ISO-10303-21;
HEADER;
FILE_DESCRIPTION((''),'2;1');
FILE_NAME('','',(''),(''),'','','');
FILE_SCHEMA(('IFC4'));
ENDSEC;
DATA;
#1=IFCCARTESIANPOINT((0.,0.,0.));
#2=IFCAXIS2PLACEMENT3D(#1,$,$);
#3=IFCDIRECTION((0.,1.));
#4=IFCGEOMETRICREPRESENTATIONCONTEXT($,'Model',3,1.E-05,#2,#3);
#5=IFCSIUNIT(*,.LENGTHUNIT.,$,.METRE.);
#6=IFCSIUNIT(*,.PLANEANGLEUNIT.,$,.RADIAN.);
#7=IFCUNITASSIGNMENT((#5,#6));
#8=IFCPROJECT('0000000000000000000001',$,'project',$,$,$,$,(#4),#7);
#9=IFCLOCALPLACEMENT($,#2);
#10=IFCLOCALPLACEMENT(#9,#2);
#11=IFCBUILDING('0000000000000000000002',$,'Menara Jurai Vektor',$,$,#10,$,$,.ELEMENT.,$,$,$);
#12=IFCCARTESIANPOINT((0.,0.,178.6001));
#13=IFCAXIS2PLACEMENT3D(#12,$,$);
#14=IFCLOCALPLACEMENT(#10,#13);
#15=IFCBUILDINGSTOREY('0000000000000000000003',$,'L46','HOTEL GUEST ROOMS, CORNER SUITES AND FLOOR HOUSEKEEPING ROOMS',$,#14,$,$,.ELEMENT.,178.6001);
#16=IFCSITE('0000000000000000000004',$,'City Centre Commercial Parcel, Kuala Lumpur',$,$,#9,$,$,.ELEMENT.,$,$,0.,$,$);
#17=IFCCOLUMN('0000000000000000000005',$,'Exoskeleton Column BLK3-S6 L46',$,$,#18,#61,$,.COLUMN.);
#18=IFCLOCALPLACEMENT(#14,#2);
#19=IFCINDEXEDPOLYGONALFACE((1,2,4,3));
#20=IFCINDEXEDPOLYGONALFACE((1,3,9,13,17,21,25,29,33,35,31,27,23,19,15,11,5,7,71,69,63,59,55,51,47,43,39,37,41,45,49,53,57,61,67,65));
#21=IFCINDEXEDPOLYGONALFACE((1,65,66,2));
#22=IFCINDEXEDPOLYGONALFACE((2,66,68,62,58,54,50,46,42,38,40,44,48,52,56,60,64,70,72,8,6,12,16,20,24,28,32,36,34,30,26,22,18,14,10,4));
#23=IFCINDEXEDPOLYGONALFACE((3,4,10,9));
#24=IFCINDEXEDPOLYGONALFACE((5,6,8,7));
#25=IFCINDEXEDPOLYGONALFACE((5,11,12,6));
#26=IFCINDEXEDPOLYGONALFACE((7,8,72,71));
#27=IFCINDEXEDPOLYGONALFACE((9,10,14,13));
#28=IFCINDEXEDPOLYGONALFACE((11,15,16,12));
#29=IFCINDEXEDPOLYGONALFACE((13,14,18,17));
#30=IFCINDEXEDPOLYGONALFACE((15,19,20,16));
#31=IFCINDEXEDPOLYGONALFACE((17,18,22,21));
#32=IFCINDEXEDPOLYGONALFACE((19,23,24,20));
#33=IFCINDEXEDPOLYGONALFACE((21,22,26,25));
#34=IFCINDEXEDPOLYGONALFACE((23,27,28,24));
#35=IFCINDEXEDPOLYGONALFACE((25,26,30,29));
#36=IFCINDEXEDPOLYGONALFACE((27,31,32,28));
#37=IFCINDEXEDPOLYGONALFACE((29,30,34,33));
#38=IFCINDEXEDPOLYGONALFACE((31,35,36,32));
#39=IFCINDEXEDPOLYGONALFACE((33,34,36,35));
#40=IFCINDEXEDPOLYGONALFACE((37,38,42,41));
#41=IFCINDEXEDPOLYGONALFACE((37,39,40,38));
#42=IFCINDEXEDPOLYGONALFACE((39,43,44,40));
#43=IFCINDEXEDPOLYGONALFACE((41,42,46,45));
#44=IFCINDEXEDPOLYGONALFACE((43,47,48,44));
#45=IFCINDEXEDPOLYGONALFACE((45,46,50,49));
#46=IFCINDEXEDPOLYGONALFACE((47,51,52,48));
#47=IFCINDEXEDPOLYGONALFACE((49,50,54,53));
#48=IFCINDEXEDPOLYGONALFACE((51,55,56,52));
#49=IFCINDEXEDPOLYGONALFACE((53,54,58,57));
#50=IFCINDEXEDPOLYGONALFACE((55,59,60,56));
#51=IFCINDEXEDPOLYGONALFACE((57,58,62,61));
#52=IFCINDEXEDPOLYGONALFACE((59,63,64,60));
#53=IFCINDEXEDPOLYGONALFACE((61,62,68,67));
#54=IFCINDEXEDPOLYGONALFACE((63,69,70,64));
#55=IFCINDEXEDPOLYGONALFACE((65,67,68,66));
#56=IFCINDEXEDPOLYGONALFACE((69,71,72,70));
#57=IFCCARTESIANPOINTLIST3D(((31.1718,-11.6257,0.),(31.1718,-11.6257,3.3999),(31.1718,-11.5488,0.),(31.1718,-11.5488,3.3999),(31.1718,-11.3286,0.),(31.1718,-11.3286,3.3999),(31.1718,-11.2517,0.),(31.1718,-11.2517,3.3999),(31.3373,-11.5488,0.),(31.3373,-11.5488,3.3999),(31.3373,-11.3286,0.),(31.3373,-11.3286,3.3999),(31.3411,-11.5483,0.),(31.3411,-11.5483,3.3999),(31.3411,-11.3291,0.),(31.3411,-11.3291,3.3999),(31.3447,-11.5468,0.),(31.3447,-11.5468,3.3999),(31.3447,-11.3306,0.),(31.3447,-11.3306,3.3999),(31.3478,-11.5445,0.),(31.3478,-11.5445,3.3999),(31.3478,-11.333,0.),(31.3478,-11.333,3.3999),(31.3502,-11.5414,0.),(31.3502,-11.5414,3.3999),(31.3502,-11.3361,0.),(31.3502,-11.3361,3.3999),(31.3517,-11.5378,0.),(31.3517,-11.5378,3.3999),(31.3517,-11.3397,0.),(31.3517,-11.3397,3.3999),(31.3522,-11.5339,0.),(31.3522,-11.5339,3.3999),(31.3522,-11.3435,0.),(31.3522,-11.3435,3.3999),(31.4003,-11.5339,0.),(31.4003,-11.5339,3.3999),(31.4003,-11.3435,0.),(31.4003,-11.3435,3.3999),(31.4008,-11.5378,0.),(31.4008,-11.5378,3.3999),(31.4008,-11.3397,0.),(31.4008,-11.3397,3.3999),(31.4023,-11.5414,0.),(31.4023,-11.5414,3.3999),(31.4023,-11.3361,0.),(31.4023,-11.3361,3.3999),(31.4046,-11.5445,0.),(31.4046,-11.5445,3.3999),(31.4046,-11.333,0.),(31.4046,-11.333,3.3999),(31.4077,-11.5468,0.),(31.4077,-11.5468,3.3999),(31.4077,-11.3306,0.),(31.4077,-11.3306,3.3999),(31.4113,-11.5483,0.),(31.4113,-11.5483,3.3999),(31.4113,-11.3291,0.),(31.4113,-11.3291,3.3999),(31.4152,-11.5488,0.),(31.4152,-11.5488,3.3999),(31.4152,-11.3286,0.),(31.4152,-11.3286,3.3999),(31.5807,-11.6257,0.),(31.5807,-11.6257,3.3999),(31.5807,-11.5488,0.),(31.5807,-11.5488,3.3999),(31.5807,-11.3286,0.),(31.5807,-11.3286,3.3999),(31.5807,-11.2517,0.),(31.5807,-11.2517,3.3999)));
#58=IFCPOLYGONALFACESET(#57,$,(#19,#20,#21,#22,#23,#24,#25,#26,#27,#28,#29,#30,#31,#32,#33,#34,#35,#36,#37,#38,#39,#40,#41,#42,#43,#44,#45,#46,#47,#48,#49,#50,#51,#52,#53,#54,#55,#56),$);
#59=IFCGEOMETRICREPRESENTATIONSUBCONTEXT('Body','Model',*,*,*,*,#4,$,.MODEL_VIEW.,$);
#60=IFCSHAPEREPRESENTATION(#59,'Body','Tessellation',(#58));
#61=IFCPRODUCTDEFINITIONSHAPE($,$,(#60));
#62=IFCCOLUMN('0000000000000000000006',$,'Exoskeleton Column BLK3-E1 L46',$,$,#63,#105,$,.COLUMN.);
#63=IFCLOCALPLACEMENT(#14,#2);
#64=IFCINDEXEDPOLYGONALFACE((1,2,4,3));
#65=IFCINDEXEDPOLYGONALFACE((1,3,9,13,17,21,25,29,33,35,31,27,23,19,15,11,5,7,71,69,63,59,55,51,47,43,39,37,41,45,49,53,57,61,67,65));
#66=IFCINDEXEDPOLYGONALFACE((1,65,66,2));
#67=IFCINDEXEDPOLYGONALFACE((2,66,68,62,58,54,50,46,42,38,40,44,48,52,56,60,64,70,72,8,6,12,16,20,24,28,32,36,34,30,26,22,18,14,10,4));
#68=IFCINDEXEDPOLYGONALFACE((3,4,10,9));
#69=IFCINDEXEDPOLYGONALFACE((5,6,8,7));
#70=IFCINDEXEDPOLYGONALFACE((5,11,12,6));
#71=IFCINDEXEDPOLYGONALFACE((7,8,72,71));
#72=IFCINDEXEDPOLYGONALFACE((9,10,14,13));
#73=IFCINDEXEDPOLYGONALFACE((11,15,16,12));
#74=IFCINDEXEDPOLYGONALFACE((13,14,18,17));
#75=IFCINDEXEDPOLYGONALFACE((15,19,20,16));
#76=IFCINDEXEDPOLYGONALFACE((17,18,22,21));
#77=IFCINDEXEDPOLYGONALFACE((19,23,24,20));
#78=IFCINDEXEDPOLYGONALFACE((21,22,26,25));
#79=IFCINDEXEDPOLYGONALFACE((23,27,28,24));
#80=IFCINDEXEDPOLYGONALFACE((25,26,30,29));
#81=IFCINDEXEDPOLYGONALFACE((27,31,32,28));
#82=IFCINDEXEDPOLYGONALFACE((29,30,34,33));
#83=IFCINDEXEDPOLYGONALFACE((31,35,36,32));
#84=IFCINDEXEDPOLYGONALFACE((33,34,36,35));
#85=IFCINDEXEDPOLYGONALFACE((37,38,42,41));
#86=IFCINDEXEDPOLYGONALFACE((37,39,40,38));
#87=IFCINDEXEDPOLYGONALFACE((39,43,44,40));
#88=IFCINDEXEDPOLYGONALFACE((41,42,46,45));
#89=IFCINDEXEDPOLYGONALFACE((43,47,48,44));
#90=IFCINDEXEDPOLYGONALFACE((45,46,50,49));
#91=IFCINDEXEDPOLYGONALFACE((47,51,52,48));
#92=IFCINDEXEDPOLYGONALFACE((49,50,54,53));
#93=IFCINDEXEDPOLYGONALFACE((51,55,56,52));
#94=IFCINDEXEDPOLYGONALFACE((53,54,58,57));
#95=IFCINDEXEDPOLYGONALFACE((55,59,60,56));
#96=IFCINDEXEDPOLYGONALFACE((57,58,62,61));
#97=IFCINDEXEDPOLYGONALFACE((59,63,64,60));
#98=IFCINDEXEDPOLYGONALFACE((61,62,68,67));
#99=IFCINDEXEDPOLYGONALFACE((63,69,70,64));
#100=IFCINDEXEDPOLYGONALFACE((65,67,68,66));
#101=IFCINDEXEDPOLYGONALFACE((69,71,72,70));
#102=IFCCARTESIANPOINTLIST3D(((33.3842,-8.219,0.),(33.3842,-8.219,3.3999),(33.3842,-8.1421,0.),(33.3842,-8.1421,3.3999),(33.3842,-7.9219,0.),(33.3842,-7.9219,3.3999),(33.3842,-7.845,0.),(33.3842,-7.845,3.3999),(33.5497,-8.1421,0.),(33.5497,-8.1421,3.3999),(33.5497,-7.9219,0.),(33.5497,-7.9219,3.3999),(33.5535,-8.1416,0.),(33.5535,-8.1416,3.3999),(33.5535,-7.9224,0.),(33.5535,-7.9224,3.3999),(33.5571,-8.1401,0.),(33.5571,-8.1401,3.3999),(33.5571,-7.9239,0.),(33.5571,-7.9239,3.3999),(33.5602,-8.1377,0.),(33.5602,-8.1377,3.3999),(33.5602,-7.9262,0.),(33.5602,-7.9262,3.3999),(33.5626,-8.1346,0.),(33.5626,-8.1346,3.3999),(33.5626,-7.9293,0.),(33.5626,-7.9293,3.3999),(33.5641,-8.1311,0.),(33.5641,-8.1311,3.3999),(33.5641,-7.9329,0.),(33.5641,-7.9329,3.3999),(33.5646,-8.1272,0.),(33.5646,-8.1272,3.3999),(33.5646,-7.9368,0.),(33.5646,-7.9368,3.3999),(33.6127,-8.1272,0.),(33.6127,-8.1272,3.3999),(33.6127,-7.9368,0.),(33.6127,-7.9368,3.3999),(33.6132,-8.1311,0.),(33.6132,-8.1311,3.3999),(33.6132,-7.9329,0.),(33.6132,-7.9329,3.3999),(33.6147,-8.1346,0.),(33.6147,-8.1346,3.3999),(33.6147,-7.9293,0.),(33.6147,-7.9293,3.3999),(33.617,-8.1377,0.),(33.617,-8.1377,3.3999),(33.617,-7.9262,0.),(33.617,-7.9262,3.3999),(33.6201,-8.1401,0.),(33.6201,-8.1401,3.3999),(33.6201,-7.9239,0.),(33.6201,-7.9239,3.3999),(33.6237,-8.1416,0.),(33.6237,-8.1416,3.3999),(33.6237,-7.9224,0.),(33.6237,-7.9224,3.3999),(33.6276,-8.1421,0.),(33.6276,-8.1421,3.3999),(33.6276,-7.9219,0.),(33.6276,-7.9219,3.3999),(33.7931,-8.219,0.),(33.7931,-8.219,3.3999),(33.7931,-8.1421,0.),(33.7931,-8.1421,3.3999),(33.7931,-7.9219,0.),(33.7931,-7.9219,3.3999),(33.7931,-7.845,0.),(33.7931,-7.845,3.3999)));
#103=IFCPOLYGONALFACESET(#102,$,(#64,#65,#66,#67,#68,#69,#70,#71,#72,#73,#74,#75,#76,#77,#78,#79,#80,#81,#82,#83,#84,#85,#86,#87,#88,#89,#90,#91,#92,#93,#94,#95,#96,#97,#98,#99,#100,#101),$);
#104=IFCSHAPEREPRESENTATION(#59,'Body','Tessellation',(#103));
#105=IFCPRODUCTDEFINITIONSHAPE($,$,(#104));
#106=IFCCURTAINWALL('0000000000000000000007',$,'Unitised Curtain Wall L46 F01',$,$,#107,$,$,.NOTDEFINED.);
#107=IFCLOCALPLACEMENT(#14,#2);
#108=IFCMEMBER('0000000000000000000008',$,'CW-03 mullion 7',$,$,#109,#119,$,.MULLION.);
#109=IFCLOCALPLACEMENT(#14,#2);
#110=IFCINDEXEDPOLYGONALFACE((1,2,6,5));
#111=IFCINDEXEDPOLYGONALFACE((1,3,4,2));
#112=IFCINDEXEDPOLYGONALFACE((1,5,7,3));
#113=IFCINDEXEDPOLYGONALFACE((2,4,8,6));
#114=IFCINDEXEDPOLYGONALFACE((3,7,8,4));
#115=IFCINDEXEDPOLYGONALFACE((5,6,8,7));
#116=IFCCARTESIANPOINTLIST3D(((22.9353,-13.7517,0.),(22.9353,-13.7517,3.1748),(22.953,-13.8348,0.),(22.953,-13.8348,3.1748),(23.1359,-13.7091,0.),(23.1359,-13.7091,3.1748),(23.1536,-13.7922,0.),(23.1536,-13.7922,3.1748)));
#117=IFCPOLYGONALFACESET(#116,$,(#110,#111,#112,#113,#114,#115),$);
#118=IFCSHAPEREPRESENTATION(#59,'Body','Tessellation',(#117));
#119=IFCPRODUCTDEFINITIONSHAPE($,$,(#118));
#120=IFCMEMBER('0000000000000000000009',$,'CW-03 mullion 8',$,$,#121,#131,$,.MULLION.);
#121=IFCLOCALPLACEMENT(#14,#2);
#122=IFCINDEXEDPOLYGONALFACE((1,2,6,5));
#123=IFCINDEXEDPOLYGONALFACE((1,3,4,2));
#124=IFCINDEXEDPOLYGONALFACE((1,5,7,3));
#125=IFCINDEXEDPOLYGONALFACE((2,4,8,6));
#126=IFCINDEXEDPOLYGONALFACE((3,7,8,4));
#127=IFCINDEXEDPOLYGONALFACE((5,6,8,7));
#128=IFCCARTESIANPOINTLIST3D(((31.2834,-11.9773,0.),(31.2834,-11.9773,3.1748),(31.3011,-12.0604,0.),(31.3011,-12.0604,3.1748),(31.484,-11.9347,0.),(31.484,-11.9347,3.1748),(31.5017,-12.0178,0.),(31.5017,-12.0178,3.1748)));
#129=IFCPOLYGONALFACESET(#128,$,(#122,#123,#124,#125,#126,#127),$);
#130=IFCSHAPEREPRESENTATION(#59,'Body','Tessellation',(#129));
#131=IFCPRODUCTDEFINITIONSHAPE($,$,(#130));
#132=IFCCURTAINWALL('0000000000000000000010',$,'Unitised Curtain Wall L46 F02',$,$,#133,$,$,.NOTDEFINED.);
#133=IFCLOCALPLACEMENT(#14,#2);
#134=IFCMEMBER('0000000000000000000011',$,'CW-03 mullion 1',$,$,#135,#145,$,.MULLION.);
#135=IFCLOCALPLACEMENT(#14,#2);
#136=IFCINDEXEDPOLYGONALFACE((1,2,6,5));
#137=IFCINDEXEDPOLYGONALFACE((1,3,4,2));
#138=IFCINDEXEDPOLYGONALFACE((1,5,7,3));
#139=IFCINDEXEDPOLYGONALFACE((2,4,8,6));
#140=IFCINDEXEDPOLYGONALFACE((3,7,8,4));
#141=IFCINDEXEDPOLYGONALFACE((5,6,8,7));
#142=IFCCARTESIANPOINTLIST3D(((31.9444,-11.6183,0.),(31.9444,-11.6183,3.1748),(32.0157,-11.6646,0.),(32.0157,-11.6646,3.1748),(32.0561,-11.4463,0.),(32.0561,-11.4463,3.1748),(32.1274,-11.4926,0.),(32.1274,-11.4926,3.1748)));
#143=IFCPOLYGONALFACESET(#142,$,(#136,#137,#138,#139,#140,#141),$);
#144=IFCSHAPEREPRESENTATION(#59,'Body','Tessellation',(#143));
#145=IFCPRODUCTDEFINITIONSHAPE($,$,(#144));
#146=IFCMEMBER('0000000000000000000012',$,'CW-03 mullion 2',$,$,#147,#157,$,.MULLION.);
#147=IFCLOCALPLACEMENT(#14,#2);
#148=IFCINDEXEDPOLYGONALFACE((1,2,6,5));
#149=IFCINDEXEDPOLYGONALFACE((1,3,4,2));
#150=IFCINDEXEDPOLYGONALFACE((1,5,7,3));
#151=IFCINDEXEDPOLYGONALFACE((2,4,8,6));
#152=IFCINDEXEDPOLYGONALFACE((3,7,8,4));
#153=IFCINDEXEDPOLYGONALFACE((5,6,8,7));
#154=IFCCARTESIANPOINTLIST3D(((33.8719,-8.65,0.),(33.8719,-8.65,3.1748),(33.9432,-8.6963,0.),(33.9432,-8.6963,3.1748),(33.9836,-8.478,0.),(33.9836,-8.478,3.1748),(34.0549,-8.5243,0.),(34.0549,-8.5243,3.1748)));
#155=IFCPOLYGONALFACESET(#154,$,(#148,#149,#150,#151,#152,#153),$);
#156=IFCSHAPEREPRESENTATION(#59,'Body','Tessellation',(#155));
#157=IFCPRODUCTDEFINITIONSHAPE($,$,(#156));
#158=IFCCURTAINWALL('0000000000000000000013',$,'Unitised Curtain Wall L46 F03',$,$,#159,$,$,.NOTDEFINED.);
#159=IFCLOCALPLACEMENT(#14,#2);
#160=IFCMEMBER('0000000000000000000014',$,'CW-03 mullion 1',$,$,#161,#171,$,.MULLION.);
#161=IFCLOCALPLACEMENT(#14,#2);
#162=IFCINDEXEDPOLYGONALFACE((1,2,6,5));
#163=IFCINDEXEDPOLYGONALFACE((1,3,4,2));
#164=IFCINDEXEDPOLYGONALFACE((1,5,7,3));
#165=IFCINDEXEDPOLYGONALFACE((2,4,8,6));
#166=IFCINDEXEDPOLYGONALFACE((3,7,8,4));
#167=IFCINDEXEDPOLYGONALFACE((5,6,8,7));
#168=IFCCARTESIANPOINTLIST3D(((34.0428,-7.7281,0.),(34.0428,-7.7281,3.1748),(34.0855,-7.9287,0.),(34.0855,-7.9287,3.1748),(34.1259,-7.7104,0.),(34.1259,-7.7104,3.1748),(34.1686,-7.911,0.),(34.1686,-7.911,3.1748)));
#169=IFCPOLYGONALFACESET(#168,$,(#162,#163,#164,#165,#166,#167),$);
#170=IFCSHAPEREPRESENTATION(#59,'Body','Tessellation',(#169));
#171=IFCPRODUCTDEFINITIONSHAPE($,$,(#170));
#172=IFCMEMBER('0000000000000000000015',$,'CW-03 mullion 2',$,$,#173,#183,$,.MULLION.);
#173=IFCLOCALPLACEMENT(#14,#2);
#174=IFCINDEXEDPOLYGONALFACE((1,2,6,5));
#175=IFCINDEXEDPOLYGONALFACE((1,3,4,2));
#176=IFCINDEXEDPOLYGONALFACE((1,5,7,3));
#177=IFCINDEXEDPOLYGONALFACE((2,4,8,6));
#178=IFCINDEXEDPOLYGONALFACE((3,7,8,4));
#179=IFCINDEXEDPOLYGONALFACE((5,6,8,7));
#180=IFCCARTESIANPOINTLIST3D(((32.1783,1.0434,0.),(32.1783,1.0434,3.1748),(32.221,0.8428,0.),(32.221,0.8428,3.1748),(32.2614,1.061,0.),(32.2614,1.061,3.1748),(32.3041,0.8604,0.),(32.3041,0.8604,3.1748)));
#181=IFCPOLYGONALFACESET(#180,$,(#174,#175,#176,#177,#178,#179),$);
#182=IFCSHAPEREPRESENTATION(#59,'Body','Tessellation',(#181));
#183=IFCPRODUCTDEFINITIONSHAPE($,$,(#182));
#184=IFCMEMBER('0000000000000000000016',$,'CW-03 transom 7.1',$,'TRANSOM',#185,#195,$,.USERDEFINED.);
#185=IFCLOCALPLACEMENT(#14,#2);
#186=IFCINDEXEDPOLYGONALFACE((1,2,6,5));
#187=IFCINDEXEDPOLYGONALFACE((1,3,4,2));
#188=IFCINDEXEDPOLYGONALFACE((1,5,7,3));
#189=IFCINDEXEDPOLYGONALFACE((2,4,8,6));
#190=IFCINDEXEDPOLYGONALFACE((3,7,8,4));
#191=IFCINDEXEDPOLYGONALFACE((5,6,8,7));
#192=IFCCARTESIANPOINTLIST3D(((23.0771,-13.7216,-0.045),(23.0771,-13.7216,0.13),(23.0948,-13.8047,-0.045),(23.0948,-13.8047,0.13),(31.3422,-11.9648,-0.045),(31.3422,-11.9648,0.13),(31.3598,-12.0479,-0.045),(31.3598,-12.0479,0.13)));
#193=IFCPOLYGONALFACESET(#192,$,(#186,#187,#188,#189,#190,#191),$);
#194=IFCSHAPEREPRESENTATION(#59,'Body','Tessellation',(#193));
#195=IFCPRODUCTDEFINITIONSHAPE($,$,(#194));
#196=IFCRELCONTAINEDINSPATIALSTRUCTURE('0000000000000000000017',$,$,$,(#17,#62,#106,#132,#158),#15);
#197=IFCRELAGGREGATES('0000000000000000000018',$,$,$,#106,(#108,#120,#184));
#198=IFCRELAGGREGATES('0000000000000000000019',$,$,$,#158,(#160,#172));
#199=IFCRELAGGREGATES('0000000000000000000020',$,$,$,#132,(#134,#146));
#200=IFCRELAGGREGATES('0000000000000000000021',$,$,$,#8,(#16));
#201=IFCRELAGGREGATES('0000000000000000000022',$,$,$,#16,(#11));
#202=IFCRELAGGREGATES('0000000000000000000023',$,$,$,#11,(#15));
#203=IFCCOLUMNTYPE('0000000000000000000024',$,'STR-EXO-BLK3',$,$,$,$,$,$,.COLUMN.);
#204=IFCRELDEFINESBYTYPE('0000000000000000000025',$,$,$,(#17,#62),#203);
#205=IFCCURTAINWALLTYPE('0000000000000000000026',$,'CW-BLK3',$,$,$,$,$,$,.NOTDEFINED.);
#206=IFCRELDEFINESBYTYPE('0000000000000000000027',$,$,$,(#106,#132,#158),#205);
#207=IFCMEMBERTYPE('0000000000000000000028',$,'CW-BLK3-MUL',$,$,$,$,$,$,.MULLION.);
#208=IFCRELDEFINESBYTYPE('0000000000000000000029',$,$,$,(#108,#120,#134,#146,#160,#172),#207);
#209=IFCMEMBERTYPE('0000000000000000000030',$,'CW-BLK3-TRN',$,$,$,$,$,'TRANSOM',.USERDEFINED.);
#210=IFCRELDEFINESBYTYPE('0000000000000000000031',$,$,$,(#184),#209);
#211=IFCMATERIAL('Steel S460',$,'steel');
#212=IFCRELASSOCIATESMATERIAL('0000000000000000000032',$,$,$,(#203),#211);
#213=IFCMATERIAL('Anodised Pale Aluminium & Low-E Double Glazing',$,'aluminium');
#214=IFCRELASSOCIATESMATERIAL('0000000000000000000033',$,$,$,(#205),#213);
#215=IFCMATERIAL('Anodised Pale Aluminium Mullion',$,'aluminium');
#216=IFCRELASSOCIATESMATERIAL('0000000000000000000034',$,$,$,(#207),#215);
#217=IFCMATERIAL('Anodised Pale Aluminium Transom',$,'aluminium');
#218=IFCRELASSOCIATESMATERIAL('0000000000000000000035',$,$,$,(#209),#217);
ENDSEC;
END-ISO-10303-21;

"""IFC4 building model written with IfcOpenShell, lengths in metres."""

from ifc_helpers import new_model, si_unit, direction, frame, origin, origin_2d, place, context, subcontext, project, spatial, rectangle, i_section, extrude, material, material_profile, profile_set, type_object, element, aggregate, save


model = new_model("IFC4")

# Units and contexts
model_context = context("Model", 3, precision=1e-05, world=origin(), true_north=direction((0.0, 1.0)))
body_context = subcontext(model_context, "Body", "Model", "MODEL_VIEW")
ifc_project = project(units=[si_unit("LENGTHUNIT", "METRE"), si_unit("PLANEANGLEUNIT", "RADIAN")], contexts=[model_context])

# Site, building, storey
site_placement = place(None, origin())
site = spatial("IfcSite", under=ifc_project, at=site_placement, Name="City Centre Commercial Parcel, Kuala Lumpur", CompositionType="ELEMENT", RefElevation=0.0)
building_placement = place(site_placement, origin())
building = spatial("IfcBuilding", under=site, at=building_placement, Name="Menara Jurai Vektor", CompositionType="ELEMENT")
storey_placement = place(building_placement, frame((0.0, 0.0, 178.6001)))
storey = spatial("IfcBuildingStorey", under=building, at=storey_placement, Name="L46", Description="HOTEL GUEST ROOMS, CORNER SUITES AND FLOOR HOUSEKEEPING ROOMS", CompositionType="ELEMENT", Elevation=178.6001)

# Columns
ifc_material_1 = material(Name="Steel S460", Category="steel")
ifc_material_profile_1 = material_profile(ifc_material_1, i_section(OverallWidth=0.4089, OverallDepth=0.374, WebThickness=0.0481, FlangeThickness=0.0769, FilletRadius=0.0149, at=origin_2d()), Name="HD 400x634")
ifc_profile_set_1 = profile_set([ifc_material_profile_1], Name="Steel S460")
column_type = type_object("IfcColumnType", Name="STR-EXO-BLK3", PredefinedType="COLUMN", material=ifc_profile_set_1)
for number, where, z_axis, x_axis, name in (
    (1, (31.3762, -11.4387, 0.0), (0.0, 0.0, 1.0), (1.0, 0.0, 0.0), "Exoskeleton Column BLK3-S6 L46"),
    (2, (33.5886, -8.032, 0.0), (0.0, 0.0, 1.0), (1.0, 0.0, 0.0), "Exoskeleton Column BLK3-E1 L46"),
):
    element("IfcColumn", number, at=place(storey_placement, frame(where, z_axis=z_axis, x_axis=x_axis)), inside=storey, type_object=column_type, Name=name, PredefinedType="COLUMN", context=body_context, shape_type="SweptSolid", body=[
        extrude(i_section(OverallWidth=0.4089, OverallDepth=0.374, WebThickness=0.0481, FlangeThickness=0.0769, FilletRadius=0.0149, at=origin_2d()), origin(), (0.0, 0.0, 1.0), 3.3999),
    ])

# Curtain walls, members
ifc_material_2 = material(Name="Anodised Pale Aluminium & Low-E Double Glazing", Category="aluminium")
curtain_wall_type = type_object("IfcCurtainWallType", Name="CW-BLK3", PredefinedType="NOTDEFINED", material=ifc_material_2)
curtain_wall_1_placement = place(storey_placement, origin())
curtain_wall_1 = element("IfcCurtainWall", 3, at=curtain_wall_1_placement, inside=storey, type_object=curtain_wall_type, Name="Unitised Curtain Wall L46 F01", PredefinedType="NOTDEFINED")
ifc_material_3 = material(Name="Anodised Pale Aluminium Mullion", Category="aluminium")
ifc_material_profile_2 = material_profile(ifc_material_3, rectangle(XDim=0.085, YDim=0.2051, at=origin_2d()), Name="ALU MUL 85x205")
ifc_profile_set_2 = profile_set([ifc_material_profile_2], Name="Anodised Pale Aluminium Mullion")
member_type_1 = type_object("IfcMemberType", Name="CW-BLK3-MUL", PredefinedType="MULLION", material=ifc_profile_set_2)
member_1_placement = place(storey_placement, frame((23.0444, -13.772, 0.0), z_axis=(0.0, 0.0, 1.0), x_axis=(-0.207911, 0.978148, 0.0)))
member_1 = element("IfcMember", 4, at=member_1_placement, type_object=member_type_1, Name="CW-03 mullion 7", PredefinedType="MULLION", context=body_context, shape_type="SweptSolid", body=[
    extrude(rectangle(XDim=0.085, YDim=0.2051, at=origin_2d()), origin(), (0.0, 0.0, 1.0), 3.1748),
])
member_2_placement = place(storey_placement, frame((31.3926, -11.9976, 0.0), z_axis=(0.0, 0.0, 1.0), x_axis=(-0.207911, 0.978148, 0.0)))
member_2 = element("IfcMember", 5, at=member_2_placement, type_object=member_type_1, Name="CW-03 mullion 8", PredefinedType="MULLION", context=body_context, shape_type="SweptSolid", body=[
    extrude(rectangle(XDim=0.085, YDim=0.2051, at=origin_2d()), origin(), (0.0, 0.0, 1.0), 3.1748),
])
curtain_wall_2_placement = place(storey_placement, origin())
curtain_wall_2 = element("IfcCurtainWall", 6, at=curtain_wall_2_placement, inside=storey, type_object=curtain_wall_type, Name="Unitised Curtain Wall L46 F02", PredefinedType="NOTDEFINED")
member_3_placement = place(storey_placement, frame((32.0359, -11.5554, 0.0), z_axis=(0.0, 0.0, 1.0), x_axis=(-0.838684, 0.544618, 0.0)))
member_3 = element("IfcMember", 7, at=member_3_placement, type_object=member_type_1, Name="CW-03 mullion 1", PredefinedType="MULLION", context=body_context, shape_type="SweptSolid", body=[
    extrude(rectangle(XDim=0.085, YDim=0.2051, at=origin_2d()), origin(), (0.0, 0.0, 1.0), 3.1748),
])
member_4_placement = place(storey_placement, frame((33.9634, -8.5872, 0.0), z_axis=(0.0, 0.0, 1.0), x_axis=(-0.838684, 0.544618, 0.0)))
member_4 = element("IfcMember", 8, at=member_4_placement, type_object=member_type_1, Name="CW-03 mullion 2", PredefinedType="MULLION", context=body_context, shape_type="SweptSolid", body=[
    extrude(rectangle(XDim=0.085, YDim=0.2051, at=origin_2d()), origin(), (0.0, 0.0, 1.0), 3.1748),
])
curtain_wall_3_placement = place(storey_placement, origin())
curtain_wall_3 = element("IfcCurtainWall", 9, at=curtain_wall_3_placement, inside=storey, type_object=curtain_wall_type, Name="Unitised Curtain Wall L46 F03", PredefinedType="NOTDEFINED")
member_5_placement = place(storey_placement, frame((34.1057, -7.8196, 0.0), z_axis=(0.0, 0.0, 1.0), x_axis=(-0.978148, -0.20791, 0.0)))
member_5 = element("IfcMember", 10, at=member_5_placement, type_object=member_type_1, Name="CW-03 mullion 1", PredefinedType="MULLION", context=body_context, shape_type="SweptSolid", body=[
    extrude(rectangle(XDim=0.085, YDim=0.2051, at=origin_2d()), origin(), (0.0, 0.0, 1.0), 3.1748),
])
member_6_placement = place(storey_placement, frame((32.2412, 0.9519, 0.0), z_axis=(0.0, 0.0, 1.0), x_axis=(-0.978148, -0.20791, 0.0)))
member_6 = element("IfcMember", 11, at=member_6_placement, type_object=member_type_1, Name="CW-03 mullion 2", PredefinedType="MULLION", context=body_context, shape_type="SweptSolid", body=[
    extrude(rectangle(XDim=0.085, YDim=0.2051, at=origin_2d()), origin(), (0.0, 0.0, 1.0), 3.1748),
])

# Member
ifc_material_4 = material(Name="Anodised Pale Aluminium Transom", Category="aluminium")
ifc_material_profile_3 = material_profile(ifc_material_4, rectangle(XDim=0.085, YDim=0.175, at=origin_2d()), Name="ALU TRN 85x175")
ifc_profile_set_3 = profile_set([ifc_material_profile_3], Name="Anodised Pale Aluminium Transom")
member_type_2 = type_object("IfcMemberType", Name="CW-BLK3-TRN", ElementType="TRANSOM", PredefinedType="USERDEFINED", material=ifc_profile_set_3)
member_7_placement = place(storey_placement, frame((23.0859, -13.7632, 0.0425), z_axis=(0.978147, 0.207915, 0.0), x_axis=(-0.207915, 0.978147, 0.0)))
member_7 = element("IfcMember", 12, at=member_7_placement, type_object=member_type_2, Name="CW-03 transom 7.1", ObjectType="TRANSOM", PredefinedType="USERDEFINED", context=body_context, shape_type="SweptSolid", body=[
    extrude(rectangle(XDim=0.085, YDim=0.175, at=origin_2d()), origin(), (0.0, 0.0, 1.0), 8.4497),
])

aggregate(curtain_wall_1, [member_1, member_2, member_7])
aggregate(curtain_wall_3, [member_5, member_6])
aggregate(curtain_wall_2, [member_3, member_4])

save(model, "model.ifc")
